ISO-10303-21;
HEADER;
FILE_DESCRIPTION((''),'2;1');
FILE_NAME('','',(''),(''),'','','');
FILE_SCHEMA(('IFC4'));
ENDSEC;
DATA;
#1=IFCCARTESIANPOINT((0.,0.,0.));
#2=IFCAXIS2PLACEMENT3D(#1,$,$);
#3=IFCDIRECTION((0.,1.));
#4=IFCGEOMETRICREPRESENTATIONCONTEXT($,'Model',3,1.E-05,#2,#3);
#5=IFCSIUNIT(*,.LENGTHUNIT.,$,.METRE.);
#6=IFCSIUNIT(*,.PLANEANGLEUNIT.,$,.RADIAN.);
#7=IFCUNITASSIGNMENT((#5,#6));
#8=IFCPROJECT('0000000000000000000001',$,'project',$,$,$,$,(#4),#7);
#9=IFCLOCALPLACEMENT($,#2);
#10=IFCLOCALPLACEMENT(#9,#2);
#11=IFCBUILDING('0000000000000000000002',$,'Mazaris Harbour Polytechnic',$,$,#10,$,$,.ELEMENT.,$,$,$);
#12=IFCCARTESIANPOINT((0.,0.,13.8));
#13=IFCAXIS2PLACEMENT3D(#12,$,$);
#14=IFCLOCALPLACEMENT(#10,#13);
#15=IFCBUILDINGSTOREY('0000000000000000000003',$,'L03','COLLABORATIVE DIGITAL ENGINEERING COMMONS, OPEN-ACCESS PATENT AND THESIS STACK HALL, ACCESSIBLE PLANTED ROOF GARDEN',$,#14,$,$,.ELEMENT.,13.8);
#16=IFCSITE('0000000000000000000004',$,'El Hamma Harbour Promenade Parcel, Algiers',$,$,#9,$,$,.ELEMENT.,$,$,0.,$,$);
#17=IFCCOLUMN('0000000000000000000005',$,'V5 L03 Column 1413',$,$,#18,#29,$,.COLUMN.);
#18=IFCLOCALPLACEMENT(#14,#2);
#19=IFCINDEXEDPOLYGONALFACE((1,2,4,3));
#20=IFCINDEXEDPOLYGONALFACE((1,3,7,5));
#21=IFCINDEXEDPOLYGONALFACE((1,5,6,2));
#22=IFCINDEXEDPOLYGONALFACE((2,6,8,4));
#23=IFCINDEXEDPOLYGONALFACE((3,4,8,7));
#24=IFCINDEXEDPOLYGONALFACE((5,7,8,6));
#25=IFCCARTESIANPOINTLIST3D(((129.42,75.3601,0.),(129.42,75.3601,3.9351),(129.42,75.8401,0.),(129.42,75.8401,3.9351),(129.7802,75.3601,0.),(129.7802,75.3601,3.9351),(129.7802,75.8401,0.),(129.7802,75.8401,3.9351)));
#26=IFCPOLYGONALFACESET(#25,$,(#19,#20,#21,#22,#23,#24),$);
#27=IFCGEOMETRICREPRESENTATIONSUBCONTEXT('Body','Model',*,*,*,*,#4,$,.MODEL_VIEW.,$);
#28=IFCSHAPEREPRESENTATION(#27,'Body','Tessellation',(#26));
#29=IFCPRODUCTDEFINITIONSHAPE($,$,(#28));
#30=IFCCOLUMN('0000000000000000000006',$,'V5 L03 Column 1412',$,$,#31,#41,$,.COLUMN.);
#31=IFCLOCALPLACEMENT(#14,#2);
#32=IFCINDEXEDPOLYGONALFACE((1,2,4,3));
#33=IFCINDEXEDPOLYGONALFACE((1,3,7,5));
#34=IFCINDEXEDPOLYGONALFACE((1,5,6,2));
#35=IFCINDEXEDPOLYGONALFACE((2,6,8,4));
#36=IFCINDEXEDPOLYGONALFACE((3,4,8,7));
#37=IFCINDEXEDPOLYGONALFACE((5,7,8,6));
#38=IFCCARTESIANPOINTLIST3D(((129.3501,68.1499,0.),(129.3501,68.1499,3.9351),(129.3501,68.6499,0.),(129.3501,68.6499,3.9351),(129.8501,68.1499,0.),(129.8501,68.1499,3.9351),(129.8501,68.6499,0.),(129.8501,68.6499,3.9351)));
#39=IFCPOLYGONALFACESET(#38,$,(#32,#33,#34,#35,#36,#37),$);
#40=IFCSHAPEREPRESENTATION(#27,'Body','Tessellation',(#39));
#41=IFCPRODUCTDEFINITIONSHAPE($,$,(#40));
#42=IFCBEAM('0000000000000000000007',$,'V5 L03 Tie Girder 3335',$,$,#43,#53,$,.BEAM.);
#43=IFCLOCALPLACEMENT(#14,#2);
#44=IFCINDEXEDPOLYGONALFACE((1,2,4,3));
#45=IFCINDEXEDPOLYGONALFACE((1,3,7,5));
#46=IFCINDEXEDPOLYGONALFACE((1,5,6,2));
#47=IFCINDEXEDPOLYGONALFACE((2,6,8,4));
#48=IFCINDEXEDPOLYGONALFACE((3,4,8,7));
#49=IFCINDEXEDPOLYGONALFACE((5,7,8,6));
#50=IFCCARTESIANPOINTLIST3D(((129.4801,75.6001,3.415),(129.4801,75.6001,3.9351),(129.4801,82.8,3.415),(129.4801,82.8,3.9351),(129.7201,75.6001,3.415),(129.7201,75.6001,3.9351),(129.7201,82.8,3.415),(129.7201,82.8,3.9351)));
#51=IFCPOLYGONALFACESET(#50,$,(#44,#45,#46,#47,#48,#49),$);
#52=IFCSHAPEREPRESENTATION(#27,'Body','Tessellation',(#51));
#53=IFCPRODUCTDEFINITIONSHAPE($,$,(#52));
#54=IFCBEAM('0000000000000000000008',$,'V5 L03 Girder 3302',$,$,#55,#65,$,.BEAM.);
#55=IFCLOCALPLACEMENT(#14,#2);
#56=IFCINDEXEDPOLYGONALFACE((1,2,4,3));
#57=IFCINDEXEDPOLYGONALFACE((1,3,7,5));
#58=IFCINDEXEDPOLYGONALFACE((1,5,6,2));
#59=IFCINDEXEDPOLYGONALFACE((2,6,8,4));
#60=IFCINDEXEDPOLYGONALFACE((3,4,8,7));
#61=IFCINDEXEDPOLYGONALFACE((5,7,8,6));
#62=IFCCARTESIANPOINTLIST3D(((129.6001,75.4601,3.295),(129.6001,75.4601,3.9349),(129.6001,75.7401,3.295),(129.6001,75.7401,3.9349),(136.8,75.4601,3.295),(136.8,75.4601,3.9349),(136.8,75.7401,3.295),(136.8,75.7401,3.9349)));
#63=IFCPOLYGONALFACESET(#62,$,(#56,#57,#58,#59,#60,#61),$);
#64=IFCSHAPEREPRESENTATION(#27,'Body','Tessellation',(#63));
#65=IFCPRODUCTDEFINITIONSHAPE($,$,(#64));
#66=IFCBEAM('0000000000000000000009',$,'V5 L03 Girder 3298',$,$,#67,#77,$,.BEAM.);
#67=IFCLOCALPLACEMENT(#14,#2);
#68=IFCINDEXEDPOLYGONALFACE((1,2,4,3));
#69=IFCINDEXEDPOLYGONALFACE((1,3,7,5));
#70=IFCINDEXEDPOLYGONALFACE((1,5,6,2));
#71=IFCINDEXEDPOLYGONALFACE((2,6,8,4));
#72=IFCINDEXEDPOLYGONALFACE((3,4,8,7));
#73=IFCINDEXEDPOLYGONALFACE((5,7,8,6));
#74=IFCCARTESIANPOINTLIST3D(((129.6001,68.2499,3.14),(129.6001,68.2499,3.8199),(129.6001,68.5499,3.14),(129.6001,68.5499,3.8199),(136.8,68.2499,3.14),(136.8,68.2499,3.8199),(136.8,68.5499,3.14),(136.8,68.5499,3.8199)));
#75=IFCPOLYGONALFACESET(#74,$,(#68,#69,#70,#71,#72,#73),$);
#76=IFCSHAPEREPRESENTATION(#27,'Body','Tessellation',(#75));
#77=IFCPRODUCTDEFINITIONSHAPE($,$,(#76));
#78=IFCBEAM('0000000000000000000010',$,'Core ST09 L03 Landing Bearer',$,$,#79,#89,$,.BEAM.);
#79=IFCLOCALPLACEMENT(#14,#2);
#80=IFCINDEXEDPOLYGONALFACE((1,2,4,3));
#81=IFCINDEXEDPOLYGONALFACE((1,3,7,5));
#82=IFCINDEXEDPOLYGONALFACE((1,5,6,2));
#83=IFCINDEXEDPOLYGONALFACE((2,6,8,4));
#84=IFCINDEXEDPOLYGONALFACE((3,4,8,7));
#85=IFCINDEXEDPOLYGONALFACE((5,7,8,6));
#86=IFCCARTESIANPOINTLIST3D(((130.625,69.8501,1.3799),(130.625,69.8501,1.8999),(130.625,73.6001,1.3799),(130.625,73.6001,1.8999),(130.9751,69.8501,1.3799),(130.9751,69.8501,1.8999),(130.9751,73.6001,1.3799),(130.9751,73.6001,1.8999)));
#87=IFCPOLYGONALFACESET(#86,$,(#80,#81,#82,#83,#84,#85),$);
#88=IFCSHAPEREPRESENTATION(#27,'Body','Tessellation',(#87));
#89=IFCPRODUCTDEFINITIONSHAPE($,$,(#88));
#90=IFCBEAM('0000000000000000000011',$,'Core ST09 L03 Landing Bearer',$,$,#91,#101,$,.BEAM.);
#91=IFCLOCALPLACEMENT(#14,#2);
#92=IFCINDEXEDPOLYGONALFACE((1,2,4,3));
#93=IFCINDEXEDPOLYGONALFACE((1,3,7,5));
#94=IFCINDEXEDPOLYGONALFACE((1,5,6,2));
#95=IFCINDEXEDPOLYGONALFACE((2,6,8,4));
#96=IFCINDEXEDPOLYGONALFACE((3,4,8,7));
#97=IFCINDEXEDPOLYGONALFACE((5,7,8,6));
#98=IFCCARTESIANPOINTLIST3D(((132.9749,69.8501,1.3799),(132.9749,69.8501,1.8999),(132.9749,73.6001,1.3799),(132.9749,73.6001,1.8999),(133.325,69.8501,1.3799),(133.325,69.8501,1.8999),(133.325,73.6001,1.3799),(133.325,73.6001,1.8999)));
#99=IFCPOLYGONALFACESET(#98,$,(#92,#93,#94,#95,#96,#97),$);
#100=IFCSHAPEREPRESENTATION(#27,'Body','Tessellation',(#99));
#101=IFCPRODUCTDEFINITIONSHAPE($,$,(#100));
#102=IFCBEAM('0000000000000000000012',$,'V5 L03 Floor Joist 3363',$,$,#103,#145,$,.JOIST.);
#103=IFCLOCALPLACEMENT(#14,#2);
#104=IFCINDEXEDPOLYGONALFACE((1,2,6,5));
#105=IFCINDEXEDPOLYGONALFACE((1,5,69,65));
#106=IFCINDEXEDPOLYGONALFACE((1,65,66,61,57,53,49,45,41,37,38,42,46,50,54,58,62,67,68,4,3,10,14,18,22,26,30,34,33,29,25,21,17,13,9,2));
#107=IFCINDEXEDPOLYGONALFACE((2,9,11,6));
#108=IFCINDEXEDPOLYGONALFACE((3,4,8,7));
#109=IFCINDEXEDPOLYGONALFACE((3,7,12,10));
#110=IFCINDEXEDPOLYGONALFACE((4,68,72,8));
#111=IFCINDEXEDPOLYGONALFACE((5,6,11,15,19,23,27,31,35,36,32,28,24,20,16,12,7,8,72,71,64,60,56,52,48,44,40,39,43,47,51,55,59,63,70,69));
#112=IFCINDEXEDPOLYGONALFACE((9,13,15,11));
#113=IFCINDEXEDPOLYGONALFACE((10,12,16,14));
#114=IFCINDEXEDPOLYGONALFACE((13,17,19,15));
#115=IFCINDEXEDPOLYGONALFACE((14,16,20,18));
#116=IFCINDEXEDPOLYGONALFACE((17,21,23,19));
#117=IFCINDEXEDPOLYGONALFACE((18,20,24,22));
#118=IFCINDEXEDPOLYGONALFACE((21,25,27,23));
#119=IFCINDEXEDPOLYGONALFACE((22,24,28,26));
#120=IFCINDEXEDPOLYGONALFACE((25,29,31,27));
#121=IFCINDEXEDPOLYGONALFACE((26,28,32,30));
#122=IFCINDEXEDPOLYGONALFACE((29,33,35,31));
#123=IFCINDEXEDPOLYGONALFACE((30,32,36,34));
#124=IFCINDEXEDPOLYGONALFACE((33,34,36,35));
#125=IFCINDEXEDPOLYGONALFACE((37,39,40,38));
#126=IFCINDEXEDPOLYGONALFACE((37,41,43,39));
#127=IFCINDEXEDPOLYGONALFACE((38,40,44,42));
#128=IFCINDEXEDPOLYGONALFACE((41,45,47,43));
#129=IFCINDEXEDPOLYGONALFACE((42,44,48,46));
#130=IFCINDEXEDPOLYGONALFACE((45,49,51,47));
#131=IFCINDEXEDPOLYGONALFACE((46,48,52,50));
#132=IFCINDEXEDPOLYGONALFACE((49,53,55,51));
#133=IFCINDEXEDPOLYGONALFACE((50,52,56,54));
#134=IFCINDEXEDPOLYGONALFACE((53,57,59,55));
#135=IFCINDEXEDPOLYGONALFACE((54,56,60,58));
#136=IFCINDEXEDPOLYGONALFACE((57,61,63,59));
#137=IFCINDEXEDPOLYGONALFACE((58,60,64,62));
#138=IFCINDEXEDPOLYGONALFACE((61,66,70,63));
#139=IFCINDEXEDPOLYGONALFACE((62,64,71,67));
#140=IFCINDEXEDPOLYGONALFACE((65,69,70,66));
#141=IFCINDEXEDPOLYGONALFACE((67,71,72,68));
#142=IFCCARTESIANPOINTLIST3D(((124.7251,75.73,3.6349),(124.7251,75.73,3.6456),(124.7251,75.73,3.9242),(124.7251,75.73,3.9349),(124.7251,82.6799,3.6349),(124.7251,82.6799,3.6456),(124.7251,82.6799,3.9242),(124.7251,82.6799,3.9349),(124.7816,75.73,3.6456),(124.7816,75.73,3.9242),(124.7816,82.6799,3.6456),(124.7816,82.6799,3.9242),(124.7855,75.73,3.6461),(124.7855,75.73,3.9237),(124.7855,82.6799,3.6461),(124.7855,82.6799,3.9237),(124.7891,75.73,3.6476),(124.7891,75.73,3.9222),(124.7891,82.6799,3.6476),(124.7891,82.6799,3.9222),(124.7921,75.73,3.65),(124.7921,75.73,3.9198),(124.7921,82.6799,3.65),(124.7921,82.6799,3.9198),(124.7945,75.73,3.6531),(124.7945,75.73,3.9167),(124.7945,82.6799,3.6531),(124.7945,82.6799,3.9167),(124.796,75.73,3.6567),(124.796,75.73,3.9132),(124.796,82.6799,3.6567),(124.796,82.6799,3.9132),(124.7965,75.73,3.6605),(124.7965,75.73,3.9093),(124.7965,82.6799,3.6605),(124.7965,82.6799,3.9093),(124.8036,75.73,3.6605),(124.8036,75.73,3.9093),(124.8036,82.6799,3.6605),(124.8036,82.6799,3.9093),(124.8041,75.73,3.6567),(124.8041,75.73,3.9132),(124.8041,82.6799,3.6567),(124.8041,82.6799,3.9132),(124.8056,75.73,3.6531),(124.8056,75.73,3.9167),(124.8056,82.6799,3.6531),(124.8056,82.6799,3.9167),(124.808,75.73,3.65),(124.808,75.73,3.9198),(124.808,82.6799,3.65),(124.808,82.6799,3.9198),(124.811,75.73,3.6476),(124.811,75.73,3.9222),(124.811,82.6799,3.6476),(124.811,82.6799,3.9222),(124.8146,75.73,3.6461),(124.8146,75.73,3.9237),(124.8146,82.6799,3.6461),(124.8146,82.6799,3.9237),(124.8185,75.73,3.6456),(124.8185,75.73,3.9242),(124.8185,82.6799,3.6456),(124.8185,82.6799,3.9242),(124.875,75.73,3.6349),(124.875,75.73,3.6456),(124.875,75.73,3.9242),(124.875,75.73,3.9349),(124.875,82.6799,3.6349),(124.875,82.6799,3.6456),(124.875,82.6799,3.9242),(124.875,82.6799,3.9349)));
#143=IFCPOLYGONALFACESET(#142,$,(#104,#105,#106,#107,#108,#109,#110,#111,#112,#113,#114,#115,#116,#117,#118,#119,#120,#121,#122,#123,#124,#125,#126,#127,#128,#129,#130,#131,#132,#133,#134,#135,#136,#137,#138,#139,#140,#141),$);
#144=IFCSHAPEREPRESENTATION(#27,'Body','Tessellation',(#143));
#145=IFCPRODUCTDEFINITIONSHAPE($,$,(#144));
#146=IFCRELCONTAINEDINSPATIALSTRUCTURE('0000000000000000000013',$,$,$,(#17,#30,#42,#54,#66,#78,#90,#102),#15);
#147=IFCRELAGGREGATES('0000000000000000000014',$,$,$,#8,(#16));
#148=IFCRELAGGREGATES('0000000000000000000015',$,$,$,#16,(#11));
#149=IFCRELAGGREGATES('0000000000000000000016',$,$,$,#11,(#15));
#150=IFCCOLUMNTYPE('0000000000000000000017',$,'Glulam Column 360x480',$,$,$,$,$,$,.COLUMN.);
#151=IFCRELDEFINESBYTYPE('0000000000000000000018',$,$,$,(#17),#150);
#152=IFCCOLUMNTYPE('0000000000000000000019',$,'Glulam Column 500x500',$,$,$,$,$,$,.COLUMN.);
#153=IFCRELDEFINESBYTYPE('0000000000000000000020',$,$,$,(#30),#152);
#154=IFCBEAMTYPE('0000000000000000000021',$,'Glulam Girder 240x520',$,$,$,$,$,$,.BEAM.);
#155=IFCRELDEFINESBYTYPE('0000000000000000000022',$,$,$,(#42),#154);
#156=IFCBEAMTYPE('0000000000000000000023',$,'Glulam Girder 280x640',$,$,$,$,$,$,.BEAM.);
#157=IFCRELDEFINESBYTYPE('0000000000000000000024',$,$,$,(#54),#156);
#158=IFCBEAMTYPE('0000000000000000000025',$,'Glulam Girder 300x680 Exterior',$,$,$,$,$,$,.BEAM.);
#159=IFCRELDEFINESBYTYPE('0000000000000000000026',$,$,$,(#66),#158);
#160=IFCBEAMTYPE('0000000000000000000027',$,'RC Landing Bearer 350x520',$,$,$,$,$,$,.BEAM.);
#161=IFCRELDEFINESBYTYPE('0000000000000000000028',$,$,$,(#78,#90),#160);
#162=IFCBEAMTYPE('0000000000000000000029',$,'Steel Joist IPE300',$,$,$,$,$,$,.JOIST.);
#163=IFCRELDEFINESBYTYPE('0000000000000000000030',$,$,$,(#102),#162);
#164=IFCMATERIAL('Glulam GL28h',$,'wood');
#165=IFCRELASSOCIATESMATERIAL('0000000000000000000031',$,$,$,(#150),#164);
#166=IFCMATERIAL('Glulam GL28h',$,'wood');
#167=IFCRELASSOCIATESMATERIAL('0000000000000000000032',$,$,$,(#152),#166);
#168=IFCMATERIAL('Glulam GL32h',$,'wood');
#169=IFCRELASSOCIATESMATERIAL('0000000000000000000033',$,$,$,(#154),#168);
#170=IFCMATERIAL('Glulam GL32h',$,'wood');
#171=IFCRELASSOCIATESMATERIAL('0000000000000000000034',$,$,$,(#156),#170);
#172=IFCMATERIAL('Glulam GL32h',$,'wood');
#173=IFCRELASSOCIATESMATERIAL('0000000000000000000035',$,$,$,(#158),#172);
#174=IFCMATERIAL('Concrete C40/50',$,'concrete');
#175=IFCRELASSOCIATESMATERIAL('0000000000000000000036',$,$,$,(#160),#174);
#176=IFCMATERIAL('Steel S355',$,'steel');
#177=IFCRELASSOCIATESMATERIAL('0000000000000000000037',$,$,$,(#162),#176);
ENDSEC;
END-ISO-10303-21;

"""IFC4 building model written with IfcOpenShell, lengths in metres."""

from ifc_helpers import new_model, si_unit, direction, frame, origin, origin_2d, place, context, subcontext, project, spatial, rectangle, i_section, extrude, material, material_profile, profile_set, type_object, element, save


model = new_model("IFC4")

# Units and contexts
model_context = context("Model", 3, precision=1e-05, world=origin(), true_north=direction((0.0, 1.0)))
body_context = subcontext(model_context, "Body", "Model", "MODEL_VIEW")
ifc_project = project(units=[si_unit("LENGTHUNIT", "METRE"), si_unit("PLANEANGLEUNIT", "RADIAN")], contexts=[model_context])

# Site, building, storey
site_placement = place(None, origin())
site = spatial("IfcSite", under=ifc_project, at=site_placement, Name="El Hamma Harbour Promenade Parcel, Algiers", CompositionType="ELEMENT", RefElevation=0.0)
building_placement = place(site_placement, origin())
building = spatial("IfcBuilding", under=site, at=building_placement, Name="Mazaris Harbour Polytechnic", CompositionType="ELEMENT")
storey_placement = place(building_placement, frame((0.0, 0.0, 13.8)))
storey = spatial("IfcBuildingStorey", under=building, at=storey_placement, Name="L03", Description="COLLABORATIVE DIGITAL ENGINEERING COMMONS, OPEN-ACCESS PATENT AND THESIS STACK HALL, ACCESSIBLE PLANTED ROOF GARDEN", CompositionType="ELEMENT", Elevation=13.8)

# Columns
ifc_material_1 = material(Name="Glulam GL28h", Category="wood")
ifc_material_profile_1 = material_profile(ifc_material_1, rectangle(XDim=0.3601, YDim=0.48, at=origin_2d()), Name="RECT360x480")
ifc_profile_set_1 = profile_set([ifc_material_profile_1], Name="Glulam GL28h")
column_type_1 = type_object("IfcColumnType", Name="Glulam Column 360x480", PredefinedType="COLUMN", material=ifc_profile_set_1)
column_1_placement = place(storey_placement, frame((129.6001, 75.6001, 0.0), z_axis=(0.0, 0.0, 1.0), x_axis=(1.0, 0.0, 0.0)))
element("IfcColumn", 1, at=column_1_placement, inside=storey, type_object=column_type_1, Name="V5 L03 Column 1413", PredefinedType="COLUMN", context=body_context, shape_type="SweptSolid", body=[
    extrude(rectangle(XDim=0.3601, YDim=0.48, at=origin_2d()), origin(), (0.0, 0.0, 1.0), 3.9351),
])
ifc_material_2 = material(Name="Glulam GL28h", Category="wood")
ifc_material_profile_2 = material_profile(ifc_material_2, rectangle(XDim=0.5, YDim=0.5, at=origin_2d()), Name="RECT500x500")
ifc_profile_set_2 = profile_set([ifc_material_profile_2], Name="Glulam GL28h")
column_type_2 = type_object("IfcColumnType", Name="Glulam Column 500x500", PredefinedType="COLUMN", material=ifc_profile_set_2)
column_2_placement = place(storey_placement, frame((129.6001, 68.3999, 0.0), z_axis=(0.0, 0.0, 1.0), x_axis=(1.0, 0.0, 0.0)))
element("IfcColumn", 2, at=column_2_placement, inside=storey, type_object=column_type_2, Name="V5 L03 Column 1412", PredefinedType="COLUMN", context=body_context, shape_type="SweptSolid", body=[
    extrude(rectangle(XDim=0.5, YDim=0.5, at=origin_2d()), origin(), (0.0, 0.0, 1.0), 3.9351),
])

# Beams
ifc_material_3 = material(Name="Glulam GL32h", Category="wood")
ifc_material_profile_3 = material_profile(ifc_material_3, rectangle(XDim=0.24, YDim=0.52, at=origin_2d()), Name="RECT240x520")
ifc_profile_set_3 = profile_set([ifc_material_profile_3], Name="Glulam GL32h")
beam_type_1 = type_object("IfcBeamType", Name="Glulam Girder 240x520", PredefinedType="BEAM", material=ifc_profile_set_3)
beam_1_placement = place(storey_placement, frame((129.6001, 75.6001, 3.675), z_axis=(0.0, 1.0, 0.0), x_axis=(-1.0, 0.0, 0.0)))
element("IfcBeam", 3, at=beam_1_placement, inside=storey, type_object=beam_type_1, Name="V5 L03 Tie Girder 3335", PredefinedType="BEAM", context=body_context, shape_type="SweptSolid", body=[
    extrude(rectangle(XDim=0.24, YDim=0.52, at=origin_2d()), origin(), (0.0, 0.0, 1.0), 7.2),
])
ifc_material_4 = material(Name="Glulam GL32h", Category="wood")
ifc_material_profile_4 = material_profile(ifc_material_4, rectangle(XDim=0.28, YDim=0.6399, at=origin_2d()), Name="RECT280x640")
ifc_profile_set_4 = profile_set([ifc_material_profile_4], Name="Glulam GL32h")
beam_type_2 = type_object("IfcBeamType", Name="Glulam Girder 280x640", PredefinedType="BEAM", material=ifc_profile_set_4)
beam_2_placement = place(storey_placement, frame((129.6001, 75.6001, 3.615), z_axis=(1.0, 0.0, 0.0), x_axis=(0.0, 1.0, 0.0)))
element("IfcBeam", 4, at=beam_2_placement, inside=storey, type_object=beam_type_2, Name="V5 L03 Girder 3302", PredefinedType="BEAM", context=body_context, shape_type="SweptSolid", body=[
    extrude(rectangle(XDim=0.28, YDim=0.6399, at=origin_2d()), origin(), (0.0, 0.0, 1.0), 7.2),
])
ifc_material_5 = material(Name="Glulam GL32h", Category="wood")
ifc_material_profile_5 = material_profile(ifc_material_5, rectangle(XDim=0.3, YDim=0.6799, at=origin_2d()), Name="RECT300x680")
ifc_profile_set_5 = profile_set([ifc_material_profile_5], Name="Glulam GL32h")
beam_type_3 = type_object("IfcBeamType", Name="Glulam Girder 300x680 Exterior", PredefinedType="BEAM", material=ifc_profile_set_5)
beam_3_placement = place(storey_placement, frame((129.6001, 68.3999, 3.48), z_axis=(1.0, 0.0, 0.0), x_axis=(0.0, 1.0, 0.0)))
element("IfcBeam", 5, at=beam_3_placement, inside=storey, type_object=beam_type_3, Name="V5 L03 Girder 3298", PredefinedType="BEAM", context=body_context, shape_type="SweptSolid", body=[
    extrude(rectangle(XDim=0.3, YDim=0.6799, at=origin_2d()), origin(), (0.0, 0.0, 1.0), 7.2),
])
ifc_material_6 = material(Name="Concrete C40/50", Category="concrete")
ifc_material_profile_6 = material_profile(ifc_material_6, rectangle(XDim=0.3501, YDim=0.52, at=origin_2d()), Name="RECT350x520")
ifc_profile_set_6 = profile_set([ifc_material_profile_6], Name="Concrete C40/50")
beam_type_4 = type_object("IfcBeamType", Name="RC Landing Bearer 350x520", PredefinedType="BEAM", material=ifc_profile_set_6)
for number, where, z_axis, x_axis, name in (
    (6, (130.8, 69.8501, 1.6399), (0.0, 1.0, 0.0), (-1.0, 0.0, 0.0), "Core ST09 L03 Landing Bearer"),
    (7, (133.1499, 69.8501, 1.6399), (0.0, 1.0, 0.0), (-1.0, 0.0, 0.0), "Core ST09 L03 Landing Bearer"),
):
    element("IfcBeam", number, at=place(storey_placement, frame(where, z_axis=z_axis, x_axis=x_axis)), inside=storey, type_object=beam_type_4, Name=name, PredefinedType="BEAM", context=body_context, shape_type="SweptSolid", body=[
        extrude(rectangle(XDim=0.3501, YDim=0.52, at=origin_2d()), origin(), (0.0, 0.0, 1.0), 3.75),
    ])
ifc_material_7 = material(Name="Steel S355", Category="steel")
ifc_material_profile_7 = material_profile(ifc_material_7, i_section(OverallWidth=0.1499, OverallDepth=0.3, WebThickness=0.0071, FlangeThickness=0.0107, FilletRadius=0.0149, at=origin_2d()), Name="IPE 300")
ifc_profile_set_7 = profile_set([ifc_material_profile_7], Name="Steel S355")
beam_type_5 = type_object("IfcBeamType", Name="Steel Joist IPE300", PredefinedType="JOIST", material=ifc_profile_set_7)
beam_4_placement = place(storey_placement, frame((124.8, 75.73, 3.7849), z_axis=(0.0, 1.0, 0.0), x_axis=(-1.0, 0.0, 0.0)))
element("IfcBeam", 8, at=beam_4_placement, inside=storey, type_object=beam_type_5, Name="V5 L03 Floor Joist 3363", PredefinedType="JOIST", context=body_context, shape_type="SweptSolid", body=[
    extrude(i_section(OverallWidth=0.1499, OverallDepth=0.3, WebThickness=0.0071, FlangeThickness=0.0107, FilletRadius=0.0149, at=origin_2d()), origin(), (0.0, 0.0, 1.0), 6.95),
])

save(model, "model.ifc")
